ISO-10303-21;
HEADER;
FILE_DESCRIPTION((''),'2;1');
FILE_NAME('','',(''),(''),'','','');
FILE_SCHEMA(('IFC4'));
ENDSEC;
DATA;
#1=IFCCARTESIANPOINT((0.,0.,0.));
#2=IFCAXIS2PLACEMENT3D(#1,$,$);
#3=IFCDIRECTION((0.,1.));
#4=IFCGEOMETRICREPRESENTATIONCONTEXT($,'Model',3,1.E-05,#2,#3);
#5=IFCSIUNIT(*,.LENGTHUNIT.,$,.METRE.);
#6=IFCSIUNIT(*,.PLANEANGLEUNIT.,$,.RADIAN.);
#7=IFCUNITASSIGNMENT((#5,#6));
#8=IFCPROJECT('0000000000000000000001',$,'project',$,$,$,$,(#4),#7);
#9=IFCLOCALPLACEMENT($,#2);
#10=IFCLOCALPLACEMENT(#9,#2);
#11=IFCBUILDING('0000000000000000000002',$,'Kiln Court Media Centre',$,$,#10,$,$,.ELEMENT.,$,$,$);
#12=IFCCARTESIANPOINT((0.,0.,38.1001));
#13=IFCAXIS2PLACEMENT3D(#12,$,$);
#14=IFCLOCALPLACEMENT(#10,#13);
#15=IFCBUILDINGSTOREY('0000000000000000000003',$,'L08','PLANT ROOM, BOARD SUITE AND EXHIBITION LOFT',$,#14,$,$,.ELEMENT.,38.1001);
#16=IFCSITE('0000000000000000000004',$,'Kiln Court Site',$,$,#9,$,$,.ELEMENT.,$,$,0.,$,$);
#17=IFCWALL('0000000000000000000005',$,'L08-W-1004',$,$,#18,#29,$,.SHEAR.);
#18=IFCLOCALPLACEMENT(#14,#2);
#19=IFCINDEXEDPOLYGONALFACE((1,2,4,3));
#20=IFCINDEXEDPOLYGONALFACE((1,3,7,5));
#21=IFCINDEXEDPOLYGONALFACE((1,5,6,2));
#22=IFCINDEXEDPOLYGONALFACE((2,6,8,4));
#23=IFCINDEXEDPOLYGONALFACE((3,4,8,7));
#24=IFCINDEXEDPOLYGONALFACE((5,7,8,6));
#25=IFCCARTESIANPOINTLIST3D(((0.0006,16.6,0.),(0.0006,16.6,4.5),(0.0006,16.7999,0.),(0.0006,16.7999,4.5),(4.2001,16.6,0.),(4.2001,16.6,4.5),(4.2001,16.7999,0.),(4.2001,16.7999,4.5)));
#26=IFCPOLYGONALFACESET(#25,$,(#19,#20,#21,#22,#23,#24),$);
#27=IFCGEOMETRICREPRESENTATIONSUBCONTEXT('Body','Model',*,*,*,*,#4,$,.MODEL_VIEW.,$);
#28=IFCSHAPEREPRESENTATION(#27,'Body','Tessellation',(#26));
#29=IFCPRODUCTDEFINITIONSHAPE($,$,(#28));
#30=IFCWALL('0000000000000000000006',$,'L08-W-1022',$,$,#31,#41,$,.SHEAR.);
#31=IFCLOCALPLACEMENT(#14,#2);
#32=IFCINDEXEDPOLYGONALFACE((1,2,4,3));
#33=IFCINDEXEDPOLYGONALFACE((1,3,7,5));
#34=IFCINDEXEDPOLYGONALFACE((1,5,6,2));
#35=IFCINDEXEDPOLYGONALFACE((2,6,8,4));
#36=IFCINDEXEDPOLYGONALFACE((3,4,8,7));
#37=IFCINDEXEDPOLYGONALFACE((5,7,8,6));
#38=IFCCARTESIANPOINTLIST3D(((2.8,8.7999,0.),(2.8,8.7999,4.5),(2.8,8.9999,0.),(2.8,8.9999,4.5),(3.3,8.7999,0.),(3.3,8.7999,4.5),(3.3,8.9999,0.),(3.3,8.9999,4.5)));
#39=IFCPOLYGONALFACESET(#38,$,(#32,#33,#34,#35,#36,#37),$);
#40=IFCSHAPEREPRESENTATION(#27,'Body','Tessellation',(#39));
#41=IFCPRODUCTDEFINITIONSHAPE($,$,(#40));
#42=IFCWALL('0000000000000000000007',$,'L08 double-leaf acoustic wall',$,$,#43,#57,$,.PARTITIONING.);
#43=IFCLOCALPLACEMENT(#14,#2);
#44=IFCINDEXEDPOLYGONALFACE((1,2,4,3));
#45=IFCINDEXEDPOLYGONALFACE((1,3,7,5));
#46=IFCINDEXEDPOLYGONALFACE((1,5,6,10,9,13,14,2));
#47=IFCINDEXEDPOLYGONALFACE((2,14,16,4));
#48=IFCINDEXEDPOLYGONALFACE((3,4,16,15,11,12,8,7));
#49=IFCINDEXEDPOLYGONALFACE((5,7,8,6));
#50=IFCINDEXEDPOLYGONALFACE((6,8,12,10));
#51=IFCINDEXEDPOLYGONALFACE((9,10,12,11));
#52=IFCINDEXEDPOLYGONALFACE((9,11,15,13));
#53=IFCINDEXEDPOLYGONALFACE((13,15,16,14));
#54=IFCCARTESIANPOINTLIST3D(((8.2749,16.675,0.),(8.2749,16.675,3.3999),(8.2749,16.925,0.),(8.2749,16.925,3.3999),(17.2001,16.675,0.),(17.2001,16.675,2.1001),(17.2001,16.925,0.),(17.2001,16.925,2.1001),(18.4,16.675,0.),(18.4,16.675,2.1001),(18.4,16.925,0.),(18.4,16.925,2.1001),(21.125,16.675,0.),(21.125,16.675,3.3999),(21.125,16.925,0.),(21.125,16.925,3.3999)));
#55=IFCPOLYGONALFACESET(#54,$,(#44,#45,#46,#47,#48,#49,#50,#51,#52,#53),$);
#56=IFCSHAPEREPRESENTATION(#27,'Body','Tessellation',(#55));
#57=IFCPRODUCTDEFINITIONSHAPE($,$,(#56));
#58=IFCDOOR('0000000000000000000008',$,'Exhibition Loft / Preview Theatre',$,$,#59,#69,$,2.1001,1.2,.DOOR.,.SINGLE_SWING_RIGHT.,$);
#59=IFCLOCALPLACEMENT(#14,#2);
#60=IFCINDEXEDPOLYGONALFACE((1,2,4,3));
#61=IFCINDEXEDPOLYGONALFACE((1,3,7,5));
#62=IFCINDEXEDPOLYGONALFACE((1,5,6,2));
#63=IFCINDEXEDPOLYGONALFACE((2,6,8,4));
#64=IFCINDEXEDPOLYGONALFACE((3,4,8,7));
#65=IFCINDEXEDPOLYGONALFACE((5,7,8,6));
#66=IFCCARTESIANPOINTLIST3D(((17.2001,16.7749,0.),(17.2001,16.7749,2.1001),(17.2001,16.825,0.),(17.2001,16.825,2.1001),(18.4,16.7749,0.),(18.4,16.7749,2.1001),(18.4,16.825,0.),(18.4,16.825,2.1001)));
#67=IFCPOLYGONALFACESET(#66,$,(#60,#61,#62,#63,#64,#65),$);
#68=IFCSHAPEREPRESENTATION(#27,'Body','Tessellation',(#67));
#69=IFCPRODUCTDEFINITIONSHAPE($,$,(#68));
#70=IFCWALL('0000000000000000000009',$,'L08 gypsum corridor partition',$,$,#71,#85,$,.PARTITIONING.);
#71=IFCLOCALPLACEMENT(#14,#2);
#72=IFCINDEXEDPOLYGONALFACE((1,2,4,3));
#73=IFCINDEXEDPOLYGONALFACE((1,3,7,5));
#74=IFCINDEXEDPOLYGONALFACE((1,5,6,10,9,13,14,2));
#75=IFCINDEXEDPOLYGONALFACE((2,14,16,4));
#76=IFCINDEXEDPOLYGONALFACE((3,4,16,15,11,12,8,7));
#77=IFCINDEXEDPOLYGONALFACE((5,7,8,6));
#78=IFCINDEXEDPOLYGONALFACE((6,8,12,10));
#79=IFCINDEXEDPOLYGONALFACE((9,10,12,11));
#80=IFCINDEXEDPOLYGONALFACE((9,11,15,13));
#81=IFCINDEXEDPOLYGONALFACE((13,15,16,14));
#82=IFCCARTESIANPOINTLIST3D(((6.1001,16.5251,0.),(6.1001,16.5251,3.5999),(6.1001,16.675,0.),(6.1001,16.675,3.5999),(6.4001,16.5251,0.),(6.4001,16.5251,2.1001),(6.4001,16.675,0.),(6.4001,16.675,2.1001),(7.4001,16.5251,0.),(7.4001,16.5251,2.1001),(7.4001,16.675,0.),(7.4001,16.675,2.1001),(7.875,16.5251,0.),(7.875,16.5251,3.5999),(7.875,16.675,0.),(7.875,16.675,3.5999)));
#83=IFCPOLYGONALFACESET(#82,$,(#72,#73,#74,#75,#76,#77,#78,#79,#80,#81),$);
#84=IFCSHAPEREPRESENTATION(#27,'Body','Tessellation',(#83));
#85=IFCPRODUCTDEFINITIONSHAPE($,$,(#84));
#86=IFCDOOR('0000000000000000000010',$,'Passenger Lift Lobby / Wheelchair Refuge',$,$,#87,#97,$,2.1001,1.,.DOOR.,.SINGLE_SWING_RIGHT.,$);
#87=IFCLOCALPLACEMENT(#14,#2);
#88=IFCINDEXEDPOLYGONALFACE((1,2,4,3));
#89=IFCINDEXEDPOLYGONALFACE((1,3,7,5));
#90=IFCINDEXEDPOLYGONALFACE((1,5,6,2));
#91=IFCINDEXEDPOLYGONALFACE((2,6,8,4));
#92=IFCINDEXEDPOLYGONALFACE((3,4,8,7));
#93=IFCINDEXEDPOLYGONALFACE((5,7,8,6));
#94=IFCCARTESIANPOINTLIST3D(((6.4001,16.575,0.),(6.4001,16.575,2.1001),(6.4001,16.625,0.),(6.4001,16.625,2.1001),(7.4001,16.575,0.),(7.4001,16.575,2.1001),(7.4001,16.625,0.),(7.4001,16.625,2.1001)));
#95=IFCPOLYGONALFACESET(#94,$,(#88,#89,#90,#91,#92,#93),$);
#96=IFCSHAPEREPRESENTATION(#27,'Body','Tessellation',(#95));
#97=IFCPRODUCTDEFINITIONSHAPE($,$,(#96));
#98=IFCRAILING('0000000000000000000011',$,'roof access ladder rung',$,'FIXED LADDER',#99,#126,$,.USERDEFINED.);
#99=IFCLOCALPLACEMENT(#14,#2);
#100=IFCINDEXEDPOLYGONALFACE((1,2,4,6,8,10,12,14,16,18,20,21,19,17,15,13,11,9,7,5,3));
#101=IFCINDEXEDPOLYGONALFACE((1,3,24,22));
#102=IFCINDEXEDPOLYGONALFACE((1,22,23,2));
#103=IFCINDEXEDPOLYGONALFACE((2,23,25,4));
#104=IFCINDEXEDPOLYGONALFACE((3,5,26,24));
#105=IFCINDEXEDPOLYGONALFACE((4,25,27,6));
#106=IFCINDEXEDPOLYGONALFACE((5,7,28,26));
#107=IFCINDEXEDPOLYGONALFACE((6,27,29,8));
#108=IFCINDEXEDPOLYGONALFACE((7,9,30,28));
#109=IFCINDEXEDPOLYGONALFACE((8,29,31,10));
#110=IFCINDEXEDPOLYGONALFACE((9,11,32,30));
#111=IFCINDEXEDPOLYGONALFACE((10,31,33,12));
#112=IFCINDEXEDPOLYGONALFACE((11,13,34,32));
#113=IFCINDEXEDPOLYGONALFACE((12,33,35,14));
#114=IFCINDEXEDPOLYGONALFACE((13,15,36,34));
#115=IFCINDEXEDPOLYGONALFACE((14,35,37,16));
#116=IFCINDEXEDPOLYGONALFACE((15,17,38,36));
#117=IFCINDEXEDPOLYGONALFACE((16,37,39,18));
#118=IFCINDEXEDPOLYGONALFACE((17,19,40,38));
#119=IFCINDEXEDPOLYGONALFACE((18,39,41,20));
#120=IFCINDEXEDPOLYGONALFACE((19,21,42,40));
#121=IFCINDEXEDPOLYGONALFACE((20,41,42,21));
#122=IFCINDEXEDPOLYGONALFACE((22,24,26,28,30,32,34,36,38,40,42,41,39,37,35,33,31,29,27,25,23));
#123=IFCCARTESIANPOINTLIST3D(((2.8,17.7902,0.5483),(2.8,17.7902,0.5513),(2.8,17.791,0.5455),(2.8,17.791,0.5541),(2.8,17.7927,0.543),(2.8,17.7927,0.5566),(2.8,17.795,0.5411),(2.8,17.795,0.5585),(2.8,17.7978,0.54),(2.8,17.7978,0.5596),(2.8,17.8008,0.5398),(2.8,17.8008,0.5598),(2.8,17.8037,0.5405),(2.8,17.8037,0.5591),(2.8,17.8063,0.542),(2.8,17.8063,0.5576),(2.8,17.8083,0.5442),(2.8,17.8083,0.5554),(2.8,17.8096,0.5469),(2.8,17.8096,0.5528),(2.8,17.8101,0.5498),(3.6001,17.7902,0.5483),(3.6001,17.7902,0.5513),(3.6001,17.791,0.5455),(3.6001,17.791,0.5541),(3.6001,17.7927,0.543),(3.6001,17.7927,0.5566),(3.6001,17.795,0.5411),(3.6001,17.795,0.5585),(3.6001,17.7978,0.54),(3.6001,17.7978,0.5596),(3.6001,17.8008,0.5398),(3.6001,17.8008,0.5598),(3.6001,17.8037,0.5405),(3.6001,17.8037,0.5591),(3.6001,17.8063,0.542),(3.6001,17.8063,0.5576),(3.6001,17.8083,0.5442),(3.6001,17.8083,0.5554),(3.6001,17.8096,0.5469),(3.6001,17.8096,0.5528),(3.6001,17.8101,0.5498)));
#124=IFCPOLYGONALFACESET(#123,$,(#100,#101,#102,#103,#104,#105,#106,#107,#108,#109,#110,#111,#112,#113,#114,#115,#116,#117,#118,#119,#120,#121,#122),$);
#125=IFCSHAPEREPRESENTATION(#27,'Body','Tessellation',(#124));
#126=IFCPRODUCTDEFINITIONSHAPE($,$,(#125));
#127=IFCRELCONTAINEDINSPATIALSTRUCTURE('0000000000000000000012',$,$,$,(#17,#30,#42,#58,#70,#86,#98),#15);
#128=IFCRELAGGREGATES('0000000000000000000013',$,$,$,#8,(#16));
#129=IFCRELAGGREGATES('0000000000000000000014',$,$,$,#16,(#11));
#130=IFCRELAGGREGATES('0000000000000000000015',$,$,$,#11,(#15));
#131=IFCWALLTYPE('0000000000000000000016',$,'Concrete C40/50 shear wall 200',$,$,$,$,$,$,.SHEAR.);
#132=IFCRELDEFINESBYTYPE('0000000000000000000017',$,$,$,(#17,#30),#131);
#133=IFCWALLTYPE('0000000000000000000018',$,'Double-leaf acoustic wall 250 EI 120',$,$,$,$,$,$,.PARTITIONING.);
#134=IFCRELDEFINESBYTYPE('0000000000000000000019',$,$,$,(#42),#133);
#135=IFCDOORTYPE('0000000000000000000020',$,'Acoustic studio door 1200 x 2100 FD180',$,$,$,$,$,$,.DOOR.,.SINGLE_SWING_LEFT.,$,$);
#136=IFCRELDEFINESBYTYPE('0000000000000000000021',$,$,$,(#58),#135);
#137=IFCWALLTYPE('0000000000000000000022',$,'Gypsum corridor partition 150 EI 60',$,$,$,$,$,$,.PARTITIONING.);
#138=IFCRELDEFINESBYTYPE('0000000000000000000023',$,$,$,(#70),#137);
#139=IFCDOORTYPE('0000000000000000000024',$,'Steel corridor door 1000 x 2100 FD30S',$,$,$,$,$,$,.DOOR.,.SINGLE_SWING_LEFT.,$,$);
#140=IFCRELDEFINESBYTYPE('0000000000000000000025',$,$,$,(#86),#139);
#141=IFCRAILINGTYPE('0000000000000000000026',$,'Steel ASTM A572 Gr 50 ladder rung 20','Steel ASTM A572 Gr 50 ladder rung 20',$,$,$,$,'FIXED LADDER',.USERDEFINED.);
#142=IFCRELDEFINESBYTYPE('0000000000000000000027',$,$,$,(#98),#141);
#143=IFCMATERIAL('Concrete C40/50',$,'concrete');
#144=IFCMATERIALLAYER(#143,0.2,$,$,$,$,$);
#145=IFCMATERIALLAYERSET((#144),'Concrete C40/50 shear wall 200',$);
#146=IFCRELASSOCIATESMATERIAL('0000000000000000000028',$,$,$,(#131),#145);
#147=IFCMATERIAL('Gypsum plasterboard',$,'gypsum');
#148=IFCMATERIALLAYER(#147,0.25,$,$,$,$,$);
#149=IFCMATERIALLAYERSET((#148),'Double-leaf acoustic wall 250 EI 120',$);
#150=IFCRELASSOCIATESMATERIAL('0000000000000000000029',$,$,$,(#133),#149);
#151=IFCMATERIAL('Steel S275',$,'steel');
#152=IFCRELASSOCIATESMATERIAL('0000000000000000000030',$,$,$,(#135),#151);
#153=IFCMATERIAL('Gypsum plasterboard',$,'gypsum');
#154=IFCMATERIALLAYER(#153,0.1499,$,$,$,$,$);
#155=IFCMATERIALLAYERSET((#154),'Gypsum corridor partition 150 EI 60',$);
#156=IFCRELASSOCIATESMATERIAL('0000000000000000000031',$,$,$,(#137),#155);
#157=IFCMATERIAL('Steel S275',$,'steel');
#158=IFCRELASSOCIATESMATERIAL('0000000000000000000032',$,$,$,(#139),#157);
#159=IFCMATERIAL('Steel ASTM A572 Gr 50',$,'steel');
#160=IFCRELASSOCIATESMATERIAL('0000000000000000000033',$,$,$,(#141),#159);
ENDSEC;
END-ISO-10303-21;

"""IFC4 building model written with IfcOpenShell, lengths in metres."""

from ifc_helpers import new_model, si_unit, direction, frame, frame_2d, origin, origin_2d, place, context, subcontext, project, spatial, rectangle, circle, extrude, material, layer, layer_set, material_profile, profile_set, type_object, element, fill, save


model = new_model("IFC4")

# Units and contexts
model_context = context("Model", 3, precision=1e-05, world=origin(), true_north=direction((0.0, 1.0)))
body_context = subcontext(model_context, "Body", "Model", "MODEL_VIEW")
ifc_project = project(units=[si_unit("LENGTHUNIT", "METRE"), si_unit("PLANEANGLEUNIT", "RADIAN")], contexts=[model_context])

# Site, building, storey
site_placement = place(None, origin())
site = spatial("IfcSite", under=ifc_project, at=site_placement, Name="Kiln Court Site", CompositionType="ELEMENT", RefElevation=0.0)
building_placement = place(site_placement, origin())
building = spatial("IfcBuilding", under=site, at=building_placement, Name="Kiln Court Media Centre", CompositionType="ELEMENT")
storey_placement = place(building_placement, frame((0.0, 0.0, 38.1001)))
storey = spatial("IfcBuildingStorey", under=building, at=storey_placement, Name="L08", Description="PLANT ROOM, BOARD SUITE AND EXHIBITION LOFT", CompositionType="ELEMENT", Elevation=38.1001)

# Walls
ifc_material_1 = material(Name="Concrete C40/50", Category="concrete")
ifc_layer_1 = layer(ifc_material_1, 0.2)
ifc_layer_set_1 = layer_set([ifc_layer_1], Name="Concrete C40/50 shear wall 200")
wall_type_1 = type_object("IfcWallType", Name="Concrete C40/50 shear wall 200", PredefinedType="SHEAR", material=ifc_layer_set_1)
wall_1_placement = place(storey_placement, frame((4.2, 16.7, 0.0), z_axis=(0.0, 0.0, 1.0), x_axis=(-1.0, 0.0, 0.0)))
element("IfcWall", 1, at=wall_1_placement, inside=storey, type_object=wall_type_1, Name="L08-W-1004", PredefinedType="SHEAR", context=body_context, shape_type="SweptSolid", body=[
    extrude(rectangle(XDim=4.1995, YDim=0.2, at=frame_2d((2.0996, 0.0))), origin(), (0.0, 0.0, 1.0), 4.5),
])
wall_2_placement = place(storey_placement, frame((3.3, 8.8999, 0.0), z_axis=(0.0, 0.0, 1.0), x_axis=(-1.0, 0.0, 0.0)))
element("IfcWall", 2, at=wall_2_placement, inside=storey, type_object=wall_type_1, Name="L08-W-1022", PredefinedType="SHEAR", context=body_context, shape_type="SweptSolid", body=[
    extrude(rectangle(XDim=0.5, YDim=0.2, at=frame_2d((0.25, 0.0))), origin(), (0.0, 0.0, 1.0), 4.5),
])

# Walls, openings, doors
ifc_material_2 = material(Name="Gypsum plasterboard", Category="gypsum")
ifc_layer_2 = layer(ifc_material_2, 0.25)
ifc_layer_set_2 = layer_set([ifc_layer_2], Name="Double-leaf acoustic wall 250 EI 120")
wall_type_2 = type_object("IfcWallType", Name="Double-leaf acoustic wall 250 EI 120", PredefinedType="PARTITIONING", material=ifc_layer_set_2)
wall_3_placement = place(storey_placement, frame((8.2749, 16.8, 0.0), z_axis=(0.0, 0.0, 1.0), x_axis=(1.0, 0.0, 0.0)))
wall_3 = element("IfcWall", 3, at=wall_3_placement, inside=storey, type_object=wall_type_2, Name="L08 double-leaf acoustic wall", PredefinedType="PARTITIONING", context=body_context, shape_type="SweptSolid", body=[
    extrude(rectangle(XDim=12.8501, YDim=0.25, at=frame_2d((6.425, 0.0))), origin(), (0.0, 0.0, 1.0), 3.3999),
])
opening_1_placement = place(wall_3_placement, frame((8.925, 0.0, 0.0)))
opening_1 = element("IfcOpeningElement", 4, at=opening_1_placement, cuts=wall_3, PredefinedType="OPENING", context=body_context, shape_type="SweptSolid", body=[
    extrude(rectangle(XDim=1.2, YDim=2.1001, at=frame_2d((0.6001, 1.05))), frame((0.0, 0.135, 0.0), z_axis=(0.0, -1.0, 0.0), x_axis=(1.0, 0.0, 0.0)), (0.0, 0.0, 1.0), 0.27),
])
ifc_material_3 = material(Name="Steel S275", Category="steel")
door_type_1 = type_object("IfcDoorType", Name="Acoustic studio door 1200 x 2100 FD180", OperationType="SINGLE_SWING_LEFT", PredefinedType="DOOR", material=ifc_material_3)
door_1_placement = place(opening_1_placement, origin())
door_1 = element("IfcDoor", 5, at=door_1_placement, inside=storey, type_object=door_type_1, Name="Exhibition Loft / Preview Theatre", OperationType="SINGLE_SWING_RIGHT", OverallHeight=2.1001, OverallWidth=1.2, PredefinedType="DOOR", context=body_context, shape_type="SweptSolid", body=[
    extrude(rectangle(XDim=1.2, YDim=2.1001, at=frame_2d((0.6001, 1.05))), frame((0.0, 0.0249, 0.0), z_axis=(0.0, -1.0, 0.0), x_axis=(1.0, 0.0, 0.0)), (0.0, 0.0, 1.0), 0.05),
])
fill(opening_1, door_1)
ifc_material_4 = material(Name="Gypsum plasterboard", Category="gypsum")
ifc_layer_3 = layer(ifc_material_4, 0.1499)
ifc_layer_set_3 = layer_set([ifc_layer_3], Name="Gypsum corridor partition 150 EI 60")
wall_type_3 = type_object("IfcWallType", Name="Gypsum corridor partition 150 EI 60", PredefinedType="PARTITIONING", material=ifc_layer_set_3)
wall_4_placement = place(storey_placement, frame((6.1001, 16.6001, 0.0), z_axis=(0.0, 0.0, 1.0), x_axis=(1.0, 0.0, 0.0)))
wall_4 = element("IfcWall", 6, at=wall_4_placement, inside=storey, type_object=wall_type_3, Name="L08 gypsum corridor partition", PredefinedType="PARTITIONING", context=body_context, shape_type="SweptSolid", body=[
    extrude(rectangle(XDim=1.7749, YDim=0.1499, at=frame_2d((0.8875, 0.0))), origin(), (0.0, 0.0, 1.0), 3.5999),
])
opening_2_placement = place(wall_4_placement, frame((0.3, 0.0, 0.0)))
opening_2 = element("IfcOpeningElement", 7, at=opening_2_placement, cuts=wall_4, PredefinedType="OPENING", context=body_context, shape_type="SweptSolid", body=[
    extrude(rectangle(XDim=1.0, YDim=2.1001, at=frame_2d((0.5, 1.05))), frame((0.0, 0.085, 0.0), z_axis=(0.0, -1.0, 0.0), x_axis=(1.0, 0.0, 0.0)), (0.0, 0.0, 1.0), 0.1699),
])
ifc_material_5 = material(Name="Steel S275", Category="steel")
door_type_2 = type_object("IfcDoorType", Name="Steel corridor door 1000 x 2100 FD30S", OperationType="SINGLE_SWING_LEFT", PredefinedType="DOOR", material=ifc_material_5)
door_2_placement = place(opening_2_placement, origin())
door_2 = element("IfcDoor", 8, at=door_2_placement, inside=storey, type_object=door_type_2, Name="Passenger Lift Lobby / Wheelchair Refuge", OperationType="SINGLE_SWING_RIGHT", OverallHeight=2.1001, OverallWidth=1.0, PredefinedType="DOOR", context=body_context, shape_type="SweptSolid", body=[
    extrude(rectangle(XDim=1.0, YDim=2.1001, at=frame_2d((0.5, 1.05))), frame((0.0, 0.0249, 0.0), z_axis=(0.0, -1.0, 0.0), x_axis=(1.0, 0.0, 0.0)), (0.0, 0.0, 1.0), 0.05),
])
fill(opening_2, door_2)

# Railing
ifc_material_6 = material(Name="Steel ASTM A572 Gr 50", Category="steel")
ifc_material_profile_1 = material_profile(ifc_material_6, circle(Radius=0.01, at=origin_2d()), Name="Steel ASTM A572 Gr 50 ladder rung 20")
ifc_profile_set_1 = profile_set([ifc_material_profile_1], Name="Steel ASTM A572 Gr 50")
railing_type = type_object("IfcRailingType", Name="Steel ASTM A572 Gr 50 ladder rung 20", Description="Steel ASTM A572 Gr 50 ladder rung 20", ElementType="FIXED LADDER", PredefinedType="USERDEFINED", material=ifc_profile_set_1)
railing_placement = place(storey_placement, frame((2.8, 17.8, 0.5498), z_axis=(1.0, 0.0, 0.0), x_axis=(0.0, 1.0, 0.0)))
element("IfcRailing", 9, at=railing_placement, inside=storey, type_object=railing_type, Name="roof access ladder rung", ObjectType="FIXED LADDER", PredefinedType="USERDEFINED", context=body_context, shape_type="SweptSolid", body=[
    extrude(circle(Radius=0.01, at=origin_2d()), origin(), (0.0, 0.0, 1.0), 0.8),
])

save(model, "model.ifc")
